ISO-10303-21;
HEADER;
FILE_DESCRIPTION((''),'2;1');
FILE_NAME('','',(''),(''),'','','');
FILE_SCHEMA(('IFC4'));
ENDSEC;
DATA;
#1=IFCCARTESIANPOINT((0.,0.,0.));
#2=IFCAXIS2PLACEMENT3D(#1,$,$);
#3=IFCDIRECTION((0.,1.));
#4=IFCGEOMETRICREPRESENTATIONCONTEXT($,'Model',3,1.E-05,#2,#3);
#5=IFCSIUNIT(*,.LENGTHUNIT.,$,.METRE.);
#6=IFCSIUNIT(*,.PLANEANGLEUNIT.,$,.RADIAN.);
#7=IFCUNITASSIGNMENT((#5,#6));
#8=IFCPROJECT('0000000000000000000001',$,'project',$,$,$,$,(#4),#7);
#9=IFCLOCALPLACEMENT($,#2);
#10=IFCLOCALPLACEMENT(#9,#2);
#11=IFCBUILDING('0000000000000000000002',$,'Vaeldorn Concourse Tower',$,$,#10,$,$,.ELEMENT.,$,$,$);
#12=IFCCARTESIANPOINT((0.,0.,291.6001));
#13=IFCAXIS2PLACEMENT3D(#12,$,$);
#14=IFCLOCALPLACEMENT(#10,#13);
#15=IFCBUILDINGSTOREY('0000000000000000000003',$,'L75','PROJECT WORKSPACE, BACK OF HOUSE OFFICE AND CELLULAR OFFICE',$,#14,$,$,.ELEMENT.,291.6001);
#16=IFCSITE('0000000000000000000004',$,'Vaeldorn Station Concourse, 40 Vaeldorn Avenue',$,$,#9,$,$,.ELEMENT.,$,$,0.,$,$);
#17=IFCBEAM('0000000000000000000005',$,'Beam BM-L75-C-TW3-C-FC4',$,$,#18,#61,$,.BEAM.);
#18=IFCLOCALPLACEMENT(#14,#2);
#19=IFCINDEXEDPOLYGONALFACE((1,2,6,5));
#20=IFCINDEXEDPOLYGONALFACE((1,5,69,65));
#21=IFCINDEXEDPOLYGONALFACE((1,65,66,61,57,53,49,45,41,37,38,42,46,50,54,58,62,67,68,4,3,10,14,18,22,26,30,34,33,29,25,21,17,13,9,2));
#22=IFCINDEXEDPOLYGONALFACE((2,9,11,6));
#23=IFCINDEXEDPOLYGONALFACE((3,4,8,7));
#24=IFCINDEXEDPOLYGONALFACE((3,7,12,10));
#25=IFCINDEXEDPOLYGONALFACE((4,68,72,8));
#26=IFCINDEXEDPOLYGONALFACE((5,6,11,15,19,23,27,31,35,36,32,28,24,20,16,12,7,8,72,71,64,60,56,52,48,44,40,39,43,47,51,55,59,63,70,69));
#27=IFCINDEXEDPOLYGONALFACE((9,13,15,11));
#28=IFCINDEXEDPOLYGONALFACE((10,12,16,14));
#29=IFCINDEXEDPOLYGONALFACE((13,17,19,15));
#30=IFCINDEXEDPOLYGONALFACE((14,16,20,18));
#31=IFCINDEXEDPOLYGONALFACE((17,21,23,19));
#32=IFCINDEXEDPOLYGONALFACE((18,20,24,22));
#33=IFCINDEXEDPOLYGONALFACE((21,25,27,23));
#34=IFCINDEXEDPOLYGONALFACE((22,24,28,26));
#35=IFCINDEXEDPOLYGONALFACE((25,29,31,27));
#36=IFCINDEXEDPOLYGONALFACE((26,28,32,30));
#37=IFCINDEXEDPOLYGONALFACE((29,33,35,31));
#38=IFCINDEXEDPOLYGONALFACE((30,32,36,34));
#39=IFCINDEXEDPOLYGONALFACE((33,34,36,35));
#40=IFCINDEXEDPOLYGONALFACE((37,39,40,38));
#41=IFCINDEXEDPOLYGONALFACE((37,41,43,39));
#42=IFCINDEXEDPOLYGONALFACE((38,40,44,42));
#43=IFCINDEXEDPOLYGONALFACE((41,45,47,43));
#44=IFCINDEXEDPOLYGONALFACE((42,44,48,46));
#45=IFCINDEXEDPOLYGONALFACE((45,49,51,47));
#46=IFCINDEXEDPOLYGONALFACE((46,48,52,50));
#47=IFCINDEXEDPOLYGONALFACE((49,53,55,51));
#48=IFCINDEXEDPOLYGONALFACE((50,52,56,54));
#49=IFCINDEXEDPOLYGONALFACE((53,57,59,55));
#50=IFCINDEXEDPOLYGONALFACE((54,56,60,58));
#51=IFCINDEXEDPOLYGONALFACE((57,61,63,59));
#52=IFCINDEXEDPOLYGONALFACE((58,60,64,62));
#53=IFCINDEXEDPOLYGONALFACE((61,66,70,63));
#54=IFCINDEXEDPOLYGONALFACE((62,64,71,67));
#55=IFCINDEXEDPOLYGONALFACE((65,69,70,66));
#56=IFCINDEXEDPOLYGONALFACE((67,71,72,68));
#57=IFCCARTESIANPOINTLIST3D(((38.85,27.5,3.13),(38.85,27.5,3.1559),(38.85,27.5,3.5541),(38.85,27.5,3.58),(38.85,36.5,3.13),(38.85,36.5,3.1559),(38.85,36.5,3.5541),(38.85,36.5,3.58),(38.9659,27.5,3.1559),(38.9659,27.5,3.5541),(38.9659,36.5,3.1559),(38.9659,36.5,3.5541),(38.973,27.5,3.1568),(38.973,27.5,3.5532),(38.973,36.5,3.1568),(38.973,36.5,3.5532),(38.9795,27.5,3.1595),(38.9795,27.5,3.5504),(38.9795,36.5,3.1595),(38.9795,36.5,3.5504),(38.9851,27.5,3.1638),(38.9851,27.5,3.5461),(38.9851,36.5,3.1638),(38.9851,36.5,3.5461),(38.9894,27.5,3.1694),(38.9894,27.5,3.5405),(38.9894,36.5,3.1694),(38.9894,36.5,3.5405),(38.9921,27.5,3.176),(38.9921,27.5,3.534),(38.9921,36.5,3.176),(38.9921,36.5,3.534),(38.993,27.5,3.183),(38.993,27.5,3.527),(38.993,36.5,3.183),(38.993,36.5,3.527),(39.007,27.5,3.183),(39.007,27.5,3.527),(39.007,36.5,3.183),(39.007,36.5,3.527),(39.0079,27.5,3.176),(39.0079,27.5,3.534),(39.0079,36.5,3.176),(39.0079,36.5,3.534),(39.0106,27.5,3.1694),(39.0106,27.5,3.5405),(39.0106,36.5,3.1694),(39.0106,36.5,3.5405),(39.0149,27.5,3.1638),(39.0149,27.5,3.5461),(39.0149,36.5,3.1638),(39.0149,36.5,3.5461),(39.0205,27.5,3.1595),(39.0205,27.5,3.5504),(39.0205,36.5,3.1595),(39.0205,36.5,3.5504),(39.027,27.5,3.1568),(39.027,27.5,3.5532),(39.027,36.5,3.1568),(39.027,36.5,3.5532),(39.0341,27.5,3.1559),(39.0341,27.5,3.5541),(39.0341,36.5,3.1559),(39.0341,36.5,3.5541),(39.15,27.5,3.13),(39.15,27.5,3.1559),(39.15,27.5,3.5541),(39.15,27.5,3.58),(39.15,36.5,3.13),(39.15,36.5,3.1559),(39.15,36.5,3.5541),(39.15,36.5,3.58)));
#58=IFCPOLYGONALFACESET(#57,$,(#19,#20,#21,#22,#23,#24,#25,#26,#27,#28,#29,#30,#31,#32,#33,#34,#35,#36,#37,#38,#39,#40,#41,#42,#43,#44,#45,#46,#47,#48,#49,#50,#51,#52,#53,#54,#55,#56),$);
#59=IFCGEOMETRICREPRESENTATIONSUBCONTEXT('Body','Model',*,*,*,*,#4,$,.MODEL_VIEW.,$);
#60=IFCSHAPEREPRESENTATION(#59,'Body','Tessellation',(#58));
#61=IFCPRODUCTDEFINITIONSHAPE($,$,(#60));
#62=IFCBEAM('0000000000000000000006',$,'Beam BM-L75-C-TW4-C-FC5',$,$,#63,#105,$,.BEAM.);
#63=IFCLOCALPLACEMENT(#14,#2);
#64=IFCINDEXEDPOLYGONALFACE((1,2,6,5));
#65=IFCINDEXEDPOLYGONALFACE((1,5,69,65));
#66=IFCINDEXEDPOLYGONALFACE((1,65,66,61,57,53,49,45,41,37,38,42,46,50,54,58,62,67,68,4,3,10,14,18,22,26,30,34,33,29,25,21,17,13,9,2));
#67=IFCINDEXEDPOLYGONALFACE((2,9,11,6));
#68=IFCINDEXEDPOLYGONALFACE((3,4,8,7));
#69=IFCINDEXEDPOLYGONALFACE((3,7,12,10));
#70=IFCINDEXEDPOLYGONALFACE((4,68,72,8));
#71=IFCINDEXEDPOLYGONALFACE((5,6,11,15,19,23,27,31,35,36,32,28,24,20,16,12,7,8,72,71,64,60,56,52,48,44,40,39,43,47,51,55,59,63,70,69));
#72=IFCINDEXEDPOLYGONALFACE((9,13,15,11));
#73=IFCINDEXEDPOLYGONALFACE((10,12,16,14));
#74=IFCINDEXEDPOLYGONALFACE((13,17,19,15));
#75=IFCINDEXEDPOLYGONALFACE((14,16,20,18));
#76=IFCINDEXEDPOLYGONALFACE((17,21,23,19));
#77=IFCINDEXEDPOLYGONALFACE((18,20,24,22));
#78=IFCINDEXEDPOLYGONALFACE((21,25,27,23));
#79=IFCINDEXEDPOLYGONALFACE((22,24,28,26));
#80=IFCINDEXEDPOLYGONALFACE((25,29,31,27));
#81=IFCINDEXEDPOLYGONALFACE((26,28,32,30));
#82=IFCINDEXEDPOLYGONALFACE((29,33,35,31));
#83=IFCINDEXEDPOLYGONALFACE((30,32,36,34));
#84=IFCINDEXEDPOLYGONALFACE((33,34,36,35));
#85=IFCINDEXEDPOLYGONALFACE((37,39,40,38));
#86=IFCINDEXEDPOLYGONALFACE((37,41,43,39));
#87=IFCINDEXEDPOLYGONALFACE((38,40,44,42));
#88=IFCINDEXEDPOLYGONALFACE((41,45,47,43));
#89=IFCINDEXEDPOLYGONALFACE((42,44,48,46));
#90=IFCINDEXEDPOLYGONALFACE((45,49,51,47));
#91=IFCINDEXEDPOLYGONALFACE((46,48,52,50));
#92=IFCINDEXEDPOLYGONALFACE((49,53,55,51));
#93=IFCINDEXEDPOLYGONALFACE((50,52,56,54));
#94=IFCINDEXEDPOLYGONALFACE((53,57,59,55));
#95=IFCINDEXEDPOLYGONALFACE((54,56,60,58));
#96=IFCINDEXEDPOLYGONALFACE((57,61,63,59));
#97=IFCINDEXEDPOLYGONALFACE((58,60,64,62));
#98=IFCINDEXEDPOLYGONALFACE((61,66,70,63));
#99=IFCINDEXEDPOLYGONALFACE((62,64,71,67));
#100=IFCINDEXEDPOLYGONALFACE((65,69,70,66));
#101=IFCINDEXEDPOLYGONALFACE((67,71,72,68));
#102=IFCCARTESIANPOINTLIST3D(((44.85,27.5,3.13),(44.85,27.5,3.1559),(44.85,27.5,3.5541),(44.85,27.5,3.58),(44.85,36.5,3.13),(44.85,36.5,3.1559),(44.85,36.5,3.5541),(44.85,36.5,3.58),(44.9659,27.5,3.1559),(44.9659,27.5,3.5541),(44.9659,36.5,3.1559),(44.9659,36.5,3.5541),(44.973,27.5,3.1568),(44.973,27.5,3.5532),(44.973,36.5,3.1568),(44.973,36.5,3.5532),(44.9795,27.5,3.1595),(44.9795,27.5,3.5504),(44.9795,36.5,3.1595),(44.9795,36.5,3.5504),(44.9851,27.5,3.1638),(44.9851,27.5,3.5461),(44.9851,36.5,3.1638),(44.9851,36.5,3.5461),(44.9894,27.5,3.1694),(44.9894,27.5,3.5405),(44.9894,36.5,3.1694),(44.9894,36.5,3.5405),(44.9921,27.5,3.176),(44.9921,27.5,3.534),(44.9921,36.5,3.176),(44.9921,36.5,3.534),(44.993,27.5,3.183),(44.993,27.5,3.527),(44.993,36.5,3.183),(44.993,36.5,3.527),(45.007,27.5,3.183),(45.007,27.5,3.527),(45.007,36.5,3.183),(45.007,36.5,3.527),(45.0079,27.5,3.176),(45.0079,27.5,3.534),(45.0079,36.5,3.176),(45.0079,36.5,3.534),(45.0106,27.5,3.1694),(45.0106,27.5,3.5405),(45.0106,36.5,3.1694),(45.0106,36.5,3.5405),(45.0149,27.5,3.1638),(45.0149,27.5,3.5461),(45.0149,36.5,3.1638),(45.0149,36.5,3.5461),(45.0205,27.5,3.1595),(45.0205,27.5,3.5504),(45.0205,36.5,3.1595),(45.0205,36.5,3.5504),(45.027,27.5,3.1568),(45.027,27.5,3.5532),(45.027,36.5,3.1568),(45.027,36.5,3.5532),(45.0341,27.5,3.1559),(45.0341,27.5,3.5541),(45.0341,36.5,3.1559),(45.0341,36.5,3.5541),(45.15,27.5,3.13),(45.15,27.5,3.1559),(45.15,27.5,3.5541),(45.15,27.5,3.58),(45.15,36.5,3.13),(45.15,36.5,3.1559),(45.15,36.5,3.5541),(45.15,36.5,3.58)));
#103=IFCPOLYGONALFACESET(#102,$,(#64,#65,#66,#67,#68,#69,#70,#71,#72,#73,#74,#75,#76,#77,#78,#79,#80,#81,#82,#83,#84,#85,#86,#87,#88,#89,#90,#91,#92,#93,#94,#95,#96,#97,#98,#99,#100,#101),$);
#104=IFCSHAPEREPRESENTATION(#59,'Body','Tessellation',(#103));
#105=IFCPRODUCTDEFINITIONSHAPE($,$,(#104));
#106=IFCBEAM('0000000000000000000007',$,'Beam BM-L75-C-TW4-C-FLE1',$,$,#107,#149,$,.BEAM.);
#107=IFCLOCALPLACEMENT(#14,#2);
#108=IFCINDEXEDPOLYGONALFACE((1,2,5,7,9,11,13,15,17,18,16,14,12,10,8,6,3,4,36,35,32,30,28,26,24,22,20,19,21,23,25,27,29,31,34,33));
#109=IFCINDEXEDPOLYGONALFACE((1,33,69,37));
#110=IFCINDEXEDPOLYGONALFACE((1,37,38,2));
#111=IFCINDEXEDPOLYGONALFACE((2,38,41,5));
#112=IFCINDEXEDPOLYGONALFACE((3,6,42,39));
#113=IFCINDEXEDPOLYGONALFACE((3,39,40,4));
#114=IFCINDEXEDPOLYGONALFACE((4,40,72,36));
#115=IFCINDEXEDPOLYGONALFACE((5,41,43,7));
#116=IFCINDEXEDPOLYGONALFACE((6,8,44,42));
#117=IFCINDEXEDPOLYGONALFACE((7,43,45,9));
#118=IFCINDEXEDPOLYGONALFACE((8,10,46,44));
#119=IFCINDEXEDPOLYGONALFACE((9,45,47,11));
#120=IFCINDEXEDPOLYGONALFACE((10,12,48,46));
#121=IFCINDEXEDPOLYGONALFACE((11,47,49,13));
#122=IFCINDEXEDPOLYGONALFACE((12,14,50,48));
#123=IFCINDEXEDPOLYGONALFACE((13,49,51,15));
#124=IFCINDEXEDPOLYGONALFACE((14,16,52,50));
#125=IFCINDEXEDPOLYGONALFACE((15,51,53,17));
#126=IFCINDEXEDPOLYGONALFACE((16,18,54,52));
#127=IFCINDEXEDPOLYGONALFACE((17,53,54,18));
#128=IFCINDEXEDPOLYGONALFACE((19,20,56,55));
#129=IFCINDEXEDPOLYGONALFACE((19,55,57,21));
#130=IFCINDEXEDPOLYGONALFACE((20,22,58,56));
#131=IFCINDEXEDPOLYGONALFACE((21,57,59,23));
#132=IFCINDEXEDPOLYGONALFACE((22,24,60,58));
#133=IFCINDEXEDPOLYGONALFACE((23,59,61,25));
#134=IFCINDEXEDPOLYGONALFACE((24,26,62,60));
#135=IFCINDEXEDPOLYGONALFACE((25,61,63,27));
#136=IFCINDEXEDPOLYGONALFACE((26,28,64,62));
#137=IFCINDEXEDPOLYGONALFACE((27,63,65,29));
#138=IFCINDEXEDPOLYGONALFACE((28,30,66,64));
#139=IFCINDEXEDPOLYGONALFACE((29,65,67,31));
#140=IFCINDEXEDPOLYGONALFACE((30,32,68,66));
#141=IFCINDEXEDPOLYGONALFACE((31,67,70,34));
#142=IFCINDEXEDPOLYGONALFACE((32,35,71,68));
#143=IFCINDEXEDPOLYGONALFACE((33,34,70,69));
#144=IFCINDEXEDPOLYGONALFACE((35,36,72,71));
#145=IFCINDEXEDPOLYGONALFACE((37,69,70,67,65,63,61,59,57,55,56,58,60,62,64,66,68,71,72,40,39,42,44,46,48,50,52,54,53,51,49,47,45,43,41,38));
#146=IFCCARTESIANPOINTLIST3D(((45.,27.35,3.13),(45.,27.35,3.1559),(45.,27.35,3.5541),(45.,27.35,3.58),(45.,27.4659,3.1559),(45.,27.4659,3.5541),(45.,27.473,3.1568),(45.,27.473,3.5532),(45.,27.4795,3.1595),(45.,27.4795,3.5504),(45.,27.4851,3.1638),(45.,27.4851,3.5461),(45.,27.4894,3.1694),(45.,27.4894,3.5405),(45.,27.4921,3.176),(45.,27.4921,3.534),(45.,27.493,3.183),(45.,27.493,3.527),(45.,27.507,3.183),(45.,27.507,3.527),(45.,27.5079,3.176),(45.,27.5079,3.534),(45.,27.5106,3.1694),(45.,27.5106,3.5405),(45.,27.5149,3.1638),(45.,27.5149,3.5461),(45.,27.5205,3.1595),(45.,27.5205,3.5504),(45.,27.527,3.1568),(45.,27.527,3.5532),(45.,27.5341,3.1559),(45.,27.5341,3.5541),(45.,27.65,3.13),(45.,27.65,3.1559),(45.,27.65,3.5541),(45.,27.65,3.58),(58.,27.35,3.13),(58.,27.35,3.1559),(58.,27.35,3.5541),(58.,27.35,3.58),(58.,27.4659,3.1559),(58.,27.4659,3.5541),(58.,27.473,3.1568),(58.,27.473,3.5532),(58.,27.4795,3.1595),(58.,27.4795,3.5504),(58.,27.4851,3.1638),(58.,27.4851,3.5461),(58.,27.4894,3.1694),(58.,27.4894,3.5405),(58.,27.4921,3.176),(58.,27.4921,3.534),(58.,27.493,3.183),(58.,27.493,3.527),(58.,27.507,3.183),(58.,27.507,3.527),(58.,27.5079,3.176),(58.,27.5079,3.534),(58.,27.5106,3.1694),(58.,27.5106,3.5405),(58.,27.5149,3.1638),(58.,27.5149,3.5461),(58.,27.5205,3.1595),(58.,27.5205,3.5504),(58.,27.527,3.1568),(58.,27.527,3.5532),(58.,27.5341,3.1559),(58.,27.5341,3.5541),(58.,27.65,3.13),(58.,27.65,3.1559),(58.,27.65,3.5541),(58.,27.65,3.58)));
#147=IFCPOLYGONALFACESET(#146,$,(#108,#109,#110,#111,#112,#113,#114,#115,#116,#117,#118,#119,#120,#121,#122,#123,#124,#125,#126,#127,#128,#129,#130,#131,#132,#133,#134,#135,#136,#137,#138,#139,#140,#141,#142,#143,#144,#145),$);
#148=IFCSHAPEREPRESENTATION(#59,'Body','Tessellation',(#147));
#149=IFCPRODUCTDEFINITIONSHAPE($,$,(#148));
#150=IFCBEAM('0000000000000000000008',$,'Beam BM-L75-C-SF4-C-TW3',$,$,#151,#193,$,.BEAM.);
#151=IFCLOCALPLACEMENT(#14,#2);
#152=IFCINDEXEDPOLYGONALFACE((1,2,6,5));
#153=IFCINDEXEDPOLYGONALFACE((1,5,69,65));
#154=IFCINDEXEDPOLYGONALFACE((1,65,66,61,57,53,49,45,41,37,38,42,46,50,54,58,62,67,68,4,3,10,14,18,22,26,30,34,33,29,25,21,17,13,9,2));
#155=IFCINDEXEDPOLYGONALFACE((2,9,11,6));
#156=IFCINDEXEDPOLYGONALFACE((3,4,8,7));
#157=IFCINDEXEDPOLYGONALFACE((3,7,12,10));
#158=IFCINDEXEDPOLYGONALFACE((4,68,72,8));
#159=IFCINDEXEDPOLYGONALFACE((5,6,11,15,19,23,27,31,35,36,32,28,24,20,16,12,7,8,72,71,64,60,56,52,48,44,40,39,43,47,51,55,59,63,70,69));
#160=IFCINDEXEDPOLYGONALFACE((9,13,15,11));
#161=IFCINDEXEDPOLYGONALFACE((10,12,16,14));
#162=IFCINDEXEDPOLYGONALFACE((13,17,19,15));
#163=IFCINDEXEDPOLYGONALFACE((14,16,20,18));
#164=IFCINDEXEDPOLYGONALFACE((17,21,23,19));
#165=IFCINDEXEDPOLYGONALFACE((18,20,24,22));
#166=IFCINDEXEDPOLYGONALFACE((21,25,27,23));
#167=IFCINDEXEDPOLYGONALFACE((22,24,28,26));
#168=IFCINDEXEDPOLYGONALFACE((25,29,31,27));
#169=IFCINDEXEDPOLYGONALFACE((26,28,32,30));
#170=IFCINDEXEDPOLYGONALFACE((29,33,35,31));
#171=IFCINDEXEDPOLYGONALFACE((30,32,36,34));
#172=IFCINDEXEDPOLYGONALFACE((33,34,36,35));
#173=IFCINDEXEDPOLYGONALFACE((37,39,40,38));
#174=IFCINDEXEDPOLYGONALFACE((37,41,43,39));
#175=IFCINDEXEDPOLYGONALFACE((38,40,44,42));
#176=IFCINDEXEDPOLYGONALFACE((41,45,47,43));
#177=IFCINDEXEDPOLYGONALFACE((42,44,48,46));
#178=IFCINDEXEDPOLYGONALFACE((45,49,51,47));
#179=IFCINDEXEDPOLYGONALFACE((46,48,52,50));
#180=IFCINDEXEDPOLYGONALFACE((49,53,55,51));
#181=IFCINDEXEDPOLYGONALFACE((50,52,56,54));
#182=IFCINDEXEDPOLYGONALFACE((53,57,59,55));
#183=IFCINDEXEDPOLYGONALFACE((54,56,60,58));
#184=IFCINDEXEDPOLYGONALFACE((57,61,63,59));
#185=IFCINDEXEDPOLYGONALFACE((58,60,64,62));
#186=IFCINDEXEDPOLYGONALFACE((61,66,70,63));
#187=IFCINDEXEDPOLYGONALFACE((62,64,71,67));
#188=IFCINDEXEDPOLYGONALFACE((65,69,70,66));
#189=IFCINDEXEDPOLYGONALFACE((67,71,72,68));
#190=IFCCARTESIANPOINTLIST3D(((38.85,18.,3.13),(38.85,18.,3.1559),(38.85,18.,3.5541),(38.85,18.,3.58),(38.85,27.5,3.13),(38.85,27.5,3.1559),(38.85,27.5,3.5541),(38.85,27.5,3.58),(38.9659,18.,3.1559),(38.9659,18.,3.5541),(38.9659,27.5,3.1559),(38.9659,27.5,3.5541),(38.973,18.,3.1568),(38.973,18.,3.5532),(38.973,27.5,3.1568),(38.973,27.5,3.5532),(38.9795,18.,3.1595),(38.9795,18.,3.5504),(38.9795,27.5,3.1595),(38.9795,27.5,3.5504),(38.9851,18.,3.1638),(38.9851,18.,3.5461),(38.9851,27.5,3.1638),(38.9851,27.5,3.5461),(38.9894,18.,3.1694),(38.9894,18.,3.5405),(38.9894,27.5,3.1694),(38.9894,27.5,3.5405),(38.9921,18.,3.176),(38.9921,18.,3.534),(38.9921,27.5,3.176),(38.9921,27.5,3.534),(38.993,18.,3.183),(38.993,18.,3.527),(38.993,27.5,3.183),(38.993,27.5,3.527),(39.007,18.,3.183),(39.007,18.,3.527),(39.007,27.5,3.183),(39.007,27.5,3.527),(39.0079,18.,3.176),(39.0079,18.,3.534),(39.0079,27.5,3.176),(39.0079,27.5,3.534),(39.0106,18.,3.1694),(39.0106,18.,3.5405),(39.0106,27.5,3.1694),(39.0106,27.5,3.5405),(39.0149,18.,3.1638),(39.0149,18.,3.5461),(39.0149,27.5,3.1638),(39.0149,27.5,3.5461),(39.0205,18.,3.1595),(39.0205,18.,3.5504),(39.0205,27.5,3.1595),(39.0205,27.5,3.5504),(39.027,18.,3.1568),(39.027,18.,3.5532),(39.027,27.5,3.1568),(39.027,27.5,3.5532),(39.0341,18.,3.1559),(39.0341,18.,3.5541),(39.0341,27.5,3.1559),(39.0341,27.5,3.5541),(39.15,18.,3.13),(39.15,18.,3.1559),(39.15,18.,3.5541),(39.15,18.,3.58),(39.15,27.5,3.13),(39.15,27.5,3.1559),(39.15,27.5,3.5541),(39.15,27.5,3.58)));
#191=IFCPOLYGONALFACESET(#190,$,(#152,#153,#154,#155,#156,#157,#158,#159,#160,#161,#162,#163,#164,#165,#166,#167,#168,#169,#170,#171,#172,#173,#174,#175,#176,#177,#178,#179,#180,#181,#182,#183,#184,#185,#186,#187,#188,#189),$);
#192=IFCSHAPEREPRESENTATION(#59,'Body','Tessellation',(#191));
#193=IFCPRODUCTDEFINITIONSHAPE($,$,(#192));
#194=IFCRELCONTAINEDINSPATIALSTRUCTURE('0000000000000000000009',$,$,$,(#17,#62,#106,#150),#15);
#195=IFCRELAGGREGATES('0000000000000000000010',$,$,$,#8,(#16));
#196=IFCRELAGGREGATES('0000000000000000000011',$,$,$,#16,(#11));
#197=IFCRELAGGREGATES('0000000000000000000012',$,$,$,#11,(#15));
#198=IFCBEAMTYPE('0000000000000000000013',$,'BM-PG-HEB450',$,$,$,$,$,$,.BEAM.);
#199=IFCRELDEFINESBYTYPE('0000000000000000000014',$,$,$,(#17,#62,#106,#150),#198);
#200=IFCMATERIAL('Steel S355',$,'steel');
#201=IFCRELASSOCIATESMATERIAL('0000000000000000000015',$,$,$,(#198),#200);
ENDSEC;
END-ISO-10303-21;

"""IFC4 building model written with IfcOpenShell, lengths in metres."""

from ifc_helpers import new_model, si_unit, direction, frame, origin, origin_2d, place, context, subcontext, project, spatial, i_section, extrude, source, transform, mapped, material, material_profile, profile_set, type_object, element, save


model = new_model("IFC4")

# Units and contexts
model_context = context("Model", 3, precision=1e-05, world=origin(), true_north=direction((0.0, 1.0)))
body_context = subcontext(model_context, "Body", "Model", "MODEL_VIEW")
ifc_project = project(units=[si_unit("LENGTHUNIT", "METRE"), si_unit("PLANEANGLEUNIT", "RADIAN")], contexts=[model_context])

# Site, building, storey
site_placement = place(None, origin())
site = spatial("IfcSite", under=ifc_project, at=site_placement, Name="Vaeldorn Station Concourse, 40 Vaeldorn Avenue", CompositionType="ELEMENT", RefElevation=0.0)
building_placement = place(site_placement, origin())
building = spatial("IfcBuilding", under=site, at=building_placement, Name="Vaeldorn Concourse Tower", CompositionType="ELEMENT")
storey_placement = place(building_placement, frame((0.0, 0.0, 291.6001)))
storey = spatial("IfcBuildingStorey", under=building, at=storey_placement, Name="L75", Description="PROJECT WORKSPACE, BACK OF HOUSE OFFICE AND CELLULAR OFFICE", CompositionType="ELEMENT", Elevation=291.6001)

# Shared definitions
ifc_material_1 = material(Name="Steel S355", Category="steel")

# Beams
ifc_material_profile_1 = material_profile(ifc_material_1, i_section(OverallWidth=0.3, OverallDepth=0.45, WebThickness=0.0139, FlangeThickness=0.0259, FilletRadius=0.0271, at=origin_2d()), Name="HEB 450")
ifc_profile_set_1 = profile_set([ifc_material_profile_1], Name="Steel S355")
beam_type_1 = type_object("IfcBeamType", Name="BM-PG-HEB450", PredefinedType="BEAM", material=ifc_profile_set_1)
shared_shape_1 = source(origin(), body_context, "Body", "SweptSolid", [
    extrude(i_section(OverallWidth=0.3, OverallDepth=0.45, WebThickness=0.0139, FlangeThickness=0.0259, FilletRadius=0.0271, at=origin_2d()), origin(), (0.0, 0.0, 1.0), 9.0),
])
for number, where, z_axis, x_axis, name in (
    (1, (39.0, 27.5, 3.355), (0.0, 1.0, 0.0), (-1.0, 0.0, 0.0), "Beam BM-L75-C-TW3-C-FC4"),
    (2, (45.0, 27.5, 3.355), (0.0, 1.0, 0.0), (-1.0, 0.0, 0.0), "Beam BM-L75-C-TW4-C-FC5"),
):
    element("IfcBeam", number, at=place(storey_placement, frame(where, z_axis=z_axis, x_axis=x_axis)), inside=storey, type_object=beam_type_1, Name=name, PredefinedType="BEAM", context=body_context, shape_type="MappedRepresentation", body=[
        mapped(shared_shape_1, transform((0.0, 0.0, 0.0), scale=1.0)),
    ])
shared_shape_2 = source(origin(), body_context, "Body", "SweptSolid", [
    extrude(i_section(OverallWidth=0.3, OverallDepth=0.45, WebThickness=0.0139, FlangeThickness=0.0259, FilletRadius=0.0271, at=origin_2d()), origin(), (0.0, 0.0, 1.0), 13.0),
])
beam_1_placement = place(storey_placement, frame((45.0, 27.5, 3.355), z_axis=(1.0, 0.0, 0.0), x_axis=(0.0, 1.0, 0.0)))
element("IfcBeam", 3, at=beam_1_placement, inside=storey, type_object=beam_type_1, Name="Beam BM-L75-C-TW4-C-FLE1", PredefinedType="BEAM", context=body_context, shape_type="MappedRepresentation", body=[
    mapped(shared_shape_2, transform((0.0, 0.0, 0.0), scale=1.0)),
])
shared_shape_3 = source(origin(), body_context, "Body", "SweptSolid", [
    extrude(i_section(OverallWidth=0.3, OverallDepth=0.45, WebThickness=0.0139, FlangeThickness=0.0259, FilletRadius=0.0271, at=origin_2d()), origin(), (0.0, 0.0, 1.0), 9.5),
])
beam_2_placement = place(storey_placement, frame((39.0, 18.0, 3.355), z_axis=(0.0, 1.0, 0.0), x_axis=(-1.0, 0.0, 0.0)))
element("IfcBeam", 4, at=beam_2_placement, inside=storey, type_object=beam_type_1, Name="Beam BM-L75-C-SF4-C-TW3", PredefinedType="BEAM", context=body_context, shape_type="MappedRepresentation", body=[
    mapped(shared_shape_3, transform((0.0, 0.0, 0.0), scale=1.0)),
])

save(model, "model.ifc")
